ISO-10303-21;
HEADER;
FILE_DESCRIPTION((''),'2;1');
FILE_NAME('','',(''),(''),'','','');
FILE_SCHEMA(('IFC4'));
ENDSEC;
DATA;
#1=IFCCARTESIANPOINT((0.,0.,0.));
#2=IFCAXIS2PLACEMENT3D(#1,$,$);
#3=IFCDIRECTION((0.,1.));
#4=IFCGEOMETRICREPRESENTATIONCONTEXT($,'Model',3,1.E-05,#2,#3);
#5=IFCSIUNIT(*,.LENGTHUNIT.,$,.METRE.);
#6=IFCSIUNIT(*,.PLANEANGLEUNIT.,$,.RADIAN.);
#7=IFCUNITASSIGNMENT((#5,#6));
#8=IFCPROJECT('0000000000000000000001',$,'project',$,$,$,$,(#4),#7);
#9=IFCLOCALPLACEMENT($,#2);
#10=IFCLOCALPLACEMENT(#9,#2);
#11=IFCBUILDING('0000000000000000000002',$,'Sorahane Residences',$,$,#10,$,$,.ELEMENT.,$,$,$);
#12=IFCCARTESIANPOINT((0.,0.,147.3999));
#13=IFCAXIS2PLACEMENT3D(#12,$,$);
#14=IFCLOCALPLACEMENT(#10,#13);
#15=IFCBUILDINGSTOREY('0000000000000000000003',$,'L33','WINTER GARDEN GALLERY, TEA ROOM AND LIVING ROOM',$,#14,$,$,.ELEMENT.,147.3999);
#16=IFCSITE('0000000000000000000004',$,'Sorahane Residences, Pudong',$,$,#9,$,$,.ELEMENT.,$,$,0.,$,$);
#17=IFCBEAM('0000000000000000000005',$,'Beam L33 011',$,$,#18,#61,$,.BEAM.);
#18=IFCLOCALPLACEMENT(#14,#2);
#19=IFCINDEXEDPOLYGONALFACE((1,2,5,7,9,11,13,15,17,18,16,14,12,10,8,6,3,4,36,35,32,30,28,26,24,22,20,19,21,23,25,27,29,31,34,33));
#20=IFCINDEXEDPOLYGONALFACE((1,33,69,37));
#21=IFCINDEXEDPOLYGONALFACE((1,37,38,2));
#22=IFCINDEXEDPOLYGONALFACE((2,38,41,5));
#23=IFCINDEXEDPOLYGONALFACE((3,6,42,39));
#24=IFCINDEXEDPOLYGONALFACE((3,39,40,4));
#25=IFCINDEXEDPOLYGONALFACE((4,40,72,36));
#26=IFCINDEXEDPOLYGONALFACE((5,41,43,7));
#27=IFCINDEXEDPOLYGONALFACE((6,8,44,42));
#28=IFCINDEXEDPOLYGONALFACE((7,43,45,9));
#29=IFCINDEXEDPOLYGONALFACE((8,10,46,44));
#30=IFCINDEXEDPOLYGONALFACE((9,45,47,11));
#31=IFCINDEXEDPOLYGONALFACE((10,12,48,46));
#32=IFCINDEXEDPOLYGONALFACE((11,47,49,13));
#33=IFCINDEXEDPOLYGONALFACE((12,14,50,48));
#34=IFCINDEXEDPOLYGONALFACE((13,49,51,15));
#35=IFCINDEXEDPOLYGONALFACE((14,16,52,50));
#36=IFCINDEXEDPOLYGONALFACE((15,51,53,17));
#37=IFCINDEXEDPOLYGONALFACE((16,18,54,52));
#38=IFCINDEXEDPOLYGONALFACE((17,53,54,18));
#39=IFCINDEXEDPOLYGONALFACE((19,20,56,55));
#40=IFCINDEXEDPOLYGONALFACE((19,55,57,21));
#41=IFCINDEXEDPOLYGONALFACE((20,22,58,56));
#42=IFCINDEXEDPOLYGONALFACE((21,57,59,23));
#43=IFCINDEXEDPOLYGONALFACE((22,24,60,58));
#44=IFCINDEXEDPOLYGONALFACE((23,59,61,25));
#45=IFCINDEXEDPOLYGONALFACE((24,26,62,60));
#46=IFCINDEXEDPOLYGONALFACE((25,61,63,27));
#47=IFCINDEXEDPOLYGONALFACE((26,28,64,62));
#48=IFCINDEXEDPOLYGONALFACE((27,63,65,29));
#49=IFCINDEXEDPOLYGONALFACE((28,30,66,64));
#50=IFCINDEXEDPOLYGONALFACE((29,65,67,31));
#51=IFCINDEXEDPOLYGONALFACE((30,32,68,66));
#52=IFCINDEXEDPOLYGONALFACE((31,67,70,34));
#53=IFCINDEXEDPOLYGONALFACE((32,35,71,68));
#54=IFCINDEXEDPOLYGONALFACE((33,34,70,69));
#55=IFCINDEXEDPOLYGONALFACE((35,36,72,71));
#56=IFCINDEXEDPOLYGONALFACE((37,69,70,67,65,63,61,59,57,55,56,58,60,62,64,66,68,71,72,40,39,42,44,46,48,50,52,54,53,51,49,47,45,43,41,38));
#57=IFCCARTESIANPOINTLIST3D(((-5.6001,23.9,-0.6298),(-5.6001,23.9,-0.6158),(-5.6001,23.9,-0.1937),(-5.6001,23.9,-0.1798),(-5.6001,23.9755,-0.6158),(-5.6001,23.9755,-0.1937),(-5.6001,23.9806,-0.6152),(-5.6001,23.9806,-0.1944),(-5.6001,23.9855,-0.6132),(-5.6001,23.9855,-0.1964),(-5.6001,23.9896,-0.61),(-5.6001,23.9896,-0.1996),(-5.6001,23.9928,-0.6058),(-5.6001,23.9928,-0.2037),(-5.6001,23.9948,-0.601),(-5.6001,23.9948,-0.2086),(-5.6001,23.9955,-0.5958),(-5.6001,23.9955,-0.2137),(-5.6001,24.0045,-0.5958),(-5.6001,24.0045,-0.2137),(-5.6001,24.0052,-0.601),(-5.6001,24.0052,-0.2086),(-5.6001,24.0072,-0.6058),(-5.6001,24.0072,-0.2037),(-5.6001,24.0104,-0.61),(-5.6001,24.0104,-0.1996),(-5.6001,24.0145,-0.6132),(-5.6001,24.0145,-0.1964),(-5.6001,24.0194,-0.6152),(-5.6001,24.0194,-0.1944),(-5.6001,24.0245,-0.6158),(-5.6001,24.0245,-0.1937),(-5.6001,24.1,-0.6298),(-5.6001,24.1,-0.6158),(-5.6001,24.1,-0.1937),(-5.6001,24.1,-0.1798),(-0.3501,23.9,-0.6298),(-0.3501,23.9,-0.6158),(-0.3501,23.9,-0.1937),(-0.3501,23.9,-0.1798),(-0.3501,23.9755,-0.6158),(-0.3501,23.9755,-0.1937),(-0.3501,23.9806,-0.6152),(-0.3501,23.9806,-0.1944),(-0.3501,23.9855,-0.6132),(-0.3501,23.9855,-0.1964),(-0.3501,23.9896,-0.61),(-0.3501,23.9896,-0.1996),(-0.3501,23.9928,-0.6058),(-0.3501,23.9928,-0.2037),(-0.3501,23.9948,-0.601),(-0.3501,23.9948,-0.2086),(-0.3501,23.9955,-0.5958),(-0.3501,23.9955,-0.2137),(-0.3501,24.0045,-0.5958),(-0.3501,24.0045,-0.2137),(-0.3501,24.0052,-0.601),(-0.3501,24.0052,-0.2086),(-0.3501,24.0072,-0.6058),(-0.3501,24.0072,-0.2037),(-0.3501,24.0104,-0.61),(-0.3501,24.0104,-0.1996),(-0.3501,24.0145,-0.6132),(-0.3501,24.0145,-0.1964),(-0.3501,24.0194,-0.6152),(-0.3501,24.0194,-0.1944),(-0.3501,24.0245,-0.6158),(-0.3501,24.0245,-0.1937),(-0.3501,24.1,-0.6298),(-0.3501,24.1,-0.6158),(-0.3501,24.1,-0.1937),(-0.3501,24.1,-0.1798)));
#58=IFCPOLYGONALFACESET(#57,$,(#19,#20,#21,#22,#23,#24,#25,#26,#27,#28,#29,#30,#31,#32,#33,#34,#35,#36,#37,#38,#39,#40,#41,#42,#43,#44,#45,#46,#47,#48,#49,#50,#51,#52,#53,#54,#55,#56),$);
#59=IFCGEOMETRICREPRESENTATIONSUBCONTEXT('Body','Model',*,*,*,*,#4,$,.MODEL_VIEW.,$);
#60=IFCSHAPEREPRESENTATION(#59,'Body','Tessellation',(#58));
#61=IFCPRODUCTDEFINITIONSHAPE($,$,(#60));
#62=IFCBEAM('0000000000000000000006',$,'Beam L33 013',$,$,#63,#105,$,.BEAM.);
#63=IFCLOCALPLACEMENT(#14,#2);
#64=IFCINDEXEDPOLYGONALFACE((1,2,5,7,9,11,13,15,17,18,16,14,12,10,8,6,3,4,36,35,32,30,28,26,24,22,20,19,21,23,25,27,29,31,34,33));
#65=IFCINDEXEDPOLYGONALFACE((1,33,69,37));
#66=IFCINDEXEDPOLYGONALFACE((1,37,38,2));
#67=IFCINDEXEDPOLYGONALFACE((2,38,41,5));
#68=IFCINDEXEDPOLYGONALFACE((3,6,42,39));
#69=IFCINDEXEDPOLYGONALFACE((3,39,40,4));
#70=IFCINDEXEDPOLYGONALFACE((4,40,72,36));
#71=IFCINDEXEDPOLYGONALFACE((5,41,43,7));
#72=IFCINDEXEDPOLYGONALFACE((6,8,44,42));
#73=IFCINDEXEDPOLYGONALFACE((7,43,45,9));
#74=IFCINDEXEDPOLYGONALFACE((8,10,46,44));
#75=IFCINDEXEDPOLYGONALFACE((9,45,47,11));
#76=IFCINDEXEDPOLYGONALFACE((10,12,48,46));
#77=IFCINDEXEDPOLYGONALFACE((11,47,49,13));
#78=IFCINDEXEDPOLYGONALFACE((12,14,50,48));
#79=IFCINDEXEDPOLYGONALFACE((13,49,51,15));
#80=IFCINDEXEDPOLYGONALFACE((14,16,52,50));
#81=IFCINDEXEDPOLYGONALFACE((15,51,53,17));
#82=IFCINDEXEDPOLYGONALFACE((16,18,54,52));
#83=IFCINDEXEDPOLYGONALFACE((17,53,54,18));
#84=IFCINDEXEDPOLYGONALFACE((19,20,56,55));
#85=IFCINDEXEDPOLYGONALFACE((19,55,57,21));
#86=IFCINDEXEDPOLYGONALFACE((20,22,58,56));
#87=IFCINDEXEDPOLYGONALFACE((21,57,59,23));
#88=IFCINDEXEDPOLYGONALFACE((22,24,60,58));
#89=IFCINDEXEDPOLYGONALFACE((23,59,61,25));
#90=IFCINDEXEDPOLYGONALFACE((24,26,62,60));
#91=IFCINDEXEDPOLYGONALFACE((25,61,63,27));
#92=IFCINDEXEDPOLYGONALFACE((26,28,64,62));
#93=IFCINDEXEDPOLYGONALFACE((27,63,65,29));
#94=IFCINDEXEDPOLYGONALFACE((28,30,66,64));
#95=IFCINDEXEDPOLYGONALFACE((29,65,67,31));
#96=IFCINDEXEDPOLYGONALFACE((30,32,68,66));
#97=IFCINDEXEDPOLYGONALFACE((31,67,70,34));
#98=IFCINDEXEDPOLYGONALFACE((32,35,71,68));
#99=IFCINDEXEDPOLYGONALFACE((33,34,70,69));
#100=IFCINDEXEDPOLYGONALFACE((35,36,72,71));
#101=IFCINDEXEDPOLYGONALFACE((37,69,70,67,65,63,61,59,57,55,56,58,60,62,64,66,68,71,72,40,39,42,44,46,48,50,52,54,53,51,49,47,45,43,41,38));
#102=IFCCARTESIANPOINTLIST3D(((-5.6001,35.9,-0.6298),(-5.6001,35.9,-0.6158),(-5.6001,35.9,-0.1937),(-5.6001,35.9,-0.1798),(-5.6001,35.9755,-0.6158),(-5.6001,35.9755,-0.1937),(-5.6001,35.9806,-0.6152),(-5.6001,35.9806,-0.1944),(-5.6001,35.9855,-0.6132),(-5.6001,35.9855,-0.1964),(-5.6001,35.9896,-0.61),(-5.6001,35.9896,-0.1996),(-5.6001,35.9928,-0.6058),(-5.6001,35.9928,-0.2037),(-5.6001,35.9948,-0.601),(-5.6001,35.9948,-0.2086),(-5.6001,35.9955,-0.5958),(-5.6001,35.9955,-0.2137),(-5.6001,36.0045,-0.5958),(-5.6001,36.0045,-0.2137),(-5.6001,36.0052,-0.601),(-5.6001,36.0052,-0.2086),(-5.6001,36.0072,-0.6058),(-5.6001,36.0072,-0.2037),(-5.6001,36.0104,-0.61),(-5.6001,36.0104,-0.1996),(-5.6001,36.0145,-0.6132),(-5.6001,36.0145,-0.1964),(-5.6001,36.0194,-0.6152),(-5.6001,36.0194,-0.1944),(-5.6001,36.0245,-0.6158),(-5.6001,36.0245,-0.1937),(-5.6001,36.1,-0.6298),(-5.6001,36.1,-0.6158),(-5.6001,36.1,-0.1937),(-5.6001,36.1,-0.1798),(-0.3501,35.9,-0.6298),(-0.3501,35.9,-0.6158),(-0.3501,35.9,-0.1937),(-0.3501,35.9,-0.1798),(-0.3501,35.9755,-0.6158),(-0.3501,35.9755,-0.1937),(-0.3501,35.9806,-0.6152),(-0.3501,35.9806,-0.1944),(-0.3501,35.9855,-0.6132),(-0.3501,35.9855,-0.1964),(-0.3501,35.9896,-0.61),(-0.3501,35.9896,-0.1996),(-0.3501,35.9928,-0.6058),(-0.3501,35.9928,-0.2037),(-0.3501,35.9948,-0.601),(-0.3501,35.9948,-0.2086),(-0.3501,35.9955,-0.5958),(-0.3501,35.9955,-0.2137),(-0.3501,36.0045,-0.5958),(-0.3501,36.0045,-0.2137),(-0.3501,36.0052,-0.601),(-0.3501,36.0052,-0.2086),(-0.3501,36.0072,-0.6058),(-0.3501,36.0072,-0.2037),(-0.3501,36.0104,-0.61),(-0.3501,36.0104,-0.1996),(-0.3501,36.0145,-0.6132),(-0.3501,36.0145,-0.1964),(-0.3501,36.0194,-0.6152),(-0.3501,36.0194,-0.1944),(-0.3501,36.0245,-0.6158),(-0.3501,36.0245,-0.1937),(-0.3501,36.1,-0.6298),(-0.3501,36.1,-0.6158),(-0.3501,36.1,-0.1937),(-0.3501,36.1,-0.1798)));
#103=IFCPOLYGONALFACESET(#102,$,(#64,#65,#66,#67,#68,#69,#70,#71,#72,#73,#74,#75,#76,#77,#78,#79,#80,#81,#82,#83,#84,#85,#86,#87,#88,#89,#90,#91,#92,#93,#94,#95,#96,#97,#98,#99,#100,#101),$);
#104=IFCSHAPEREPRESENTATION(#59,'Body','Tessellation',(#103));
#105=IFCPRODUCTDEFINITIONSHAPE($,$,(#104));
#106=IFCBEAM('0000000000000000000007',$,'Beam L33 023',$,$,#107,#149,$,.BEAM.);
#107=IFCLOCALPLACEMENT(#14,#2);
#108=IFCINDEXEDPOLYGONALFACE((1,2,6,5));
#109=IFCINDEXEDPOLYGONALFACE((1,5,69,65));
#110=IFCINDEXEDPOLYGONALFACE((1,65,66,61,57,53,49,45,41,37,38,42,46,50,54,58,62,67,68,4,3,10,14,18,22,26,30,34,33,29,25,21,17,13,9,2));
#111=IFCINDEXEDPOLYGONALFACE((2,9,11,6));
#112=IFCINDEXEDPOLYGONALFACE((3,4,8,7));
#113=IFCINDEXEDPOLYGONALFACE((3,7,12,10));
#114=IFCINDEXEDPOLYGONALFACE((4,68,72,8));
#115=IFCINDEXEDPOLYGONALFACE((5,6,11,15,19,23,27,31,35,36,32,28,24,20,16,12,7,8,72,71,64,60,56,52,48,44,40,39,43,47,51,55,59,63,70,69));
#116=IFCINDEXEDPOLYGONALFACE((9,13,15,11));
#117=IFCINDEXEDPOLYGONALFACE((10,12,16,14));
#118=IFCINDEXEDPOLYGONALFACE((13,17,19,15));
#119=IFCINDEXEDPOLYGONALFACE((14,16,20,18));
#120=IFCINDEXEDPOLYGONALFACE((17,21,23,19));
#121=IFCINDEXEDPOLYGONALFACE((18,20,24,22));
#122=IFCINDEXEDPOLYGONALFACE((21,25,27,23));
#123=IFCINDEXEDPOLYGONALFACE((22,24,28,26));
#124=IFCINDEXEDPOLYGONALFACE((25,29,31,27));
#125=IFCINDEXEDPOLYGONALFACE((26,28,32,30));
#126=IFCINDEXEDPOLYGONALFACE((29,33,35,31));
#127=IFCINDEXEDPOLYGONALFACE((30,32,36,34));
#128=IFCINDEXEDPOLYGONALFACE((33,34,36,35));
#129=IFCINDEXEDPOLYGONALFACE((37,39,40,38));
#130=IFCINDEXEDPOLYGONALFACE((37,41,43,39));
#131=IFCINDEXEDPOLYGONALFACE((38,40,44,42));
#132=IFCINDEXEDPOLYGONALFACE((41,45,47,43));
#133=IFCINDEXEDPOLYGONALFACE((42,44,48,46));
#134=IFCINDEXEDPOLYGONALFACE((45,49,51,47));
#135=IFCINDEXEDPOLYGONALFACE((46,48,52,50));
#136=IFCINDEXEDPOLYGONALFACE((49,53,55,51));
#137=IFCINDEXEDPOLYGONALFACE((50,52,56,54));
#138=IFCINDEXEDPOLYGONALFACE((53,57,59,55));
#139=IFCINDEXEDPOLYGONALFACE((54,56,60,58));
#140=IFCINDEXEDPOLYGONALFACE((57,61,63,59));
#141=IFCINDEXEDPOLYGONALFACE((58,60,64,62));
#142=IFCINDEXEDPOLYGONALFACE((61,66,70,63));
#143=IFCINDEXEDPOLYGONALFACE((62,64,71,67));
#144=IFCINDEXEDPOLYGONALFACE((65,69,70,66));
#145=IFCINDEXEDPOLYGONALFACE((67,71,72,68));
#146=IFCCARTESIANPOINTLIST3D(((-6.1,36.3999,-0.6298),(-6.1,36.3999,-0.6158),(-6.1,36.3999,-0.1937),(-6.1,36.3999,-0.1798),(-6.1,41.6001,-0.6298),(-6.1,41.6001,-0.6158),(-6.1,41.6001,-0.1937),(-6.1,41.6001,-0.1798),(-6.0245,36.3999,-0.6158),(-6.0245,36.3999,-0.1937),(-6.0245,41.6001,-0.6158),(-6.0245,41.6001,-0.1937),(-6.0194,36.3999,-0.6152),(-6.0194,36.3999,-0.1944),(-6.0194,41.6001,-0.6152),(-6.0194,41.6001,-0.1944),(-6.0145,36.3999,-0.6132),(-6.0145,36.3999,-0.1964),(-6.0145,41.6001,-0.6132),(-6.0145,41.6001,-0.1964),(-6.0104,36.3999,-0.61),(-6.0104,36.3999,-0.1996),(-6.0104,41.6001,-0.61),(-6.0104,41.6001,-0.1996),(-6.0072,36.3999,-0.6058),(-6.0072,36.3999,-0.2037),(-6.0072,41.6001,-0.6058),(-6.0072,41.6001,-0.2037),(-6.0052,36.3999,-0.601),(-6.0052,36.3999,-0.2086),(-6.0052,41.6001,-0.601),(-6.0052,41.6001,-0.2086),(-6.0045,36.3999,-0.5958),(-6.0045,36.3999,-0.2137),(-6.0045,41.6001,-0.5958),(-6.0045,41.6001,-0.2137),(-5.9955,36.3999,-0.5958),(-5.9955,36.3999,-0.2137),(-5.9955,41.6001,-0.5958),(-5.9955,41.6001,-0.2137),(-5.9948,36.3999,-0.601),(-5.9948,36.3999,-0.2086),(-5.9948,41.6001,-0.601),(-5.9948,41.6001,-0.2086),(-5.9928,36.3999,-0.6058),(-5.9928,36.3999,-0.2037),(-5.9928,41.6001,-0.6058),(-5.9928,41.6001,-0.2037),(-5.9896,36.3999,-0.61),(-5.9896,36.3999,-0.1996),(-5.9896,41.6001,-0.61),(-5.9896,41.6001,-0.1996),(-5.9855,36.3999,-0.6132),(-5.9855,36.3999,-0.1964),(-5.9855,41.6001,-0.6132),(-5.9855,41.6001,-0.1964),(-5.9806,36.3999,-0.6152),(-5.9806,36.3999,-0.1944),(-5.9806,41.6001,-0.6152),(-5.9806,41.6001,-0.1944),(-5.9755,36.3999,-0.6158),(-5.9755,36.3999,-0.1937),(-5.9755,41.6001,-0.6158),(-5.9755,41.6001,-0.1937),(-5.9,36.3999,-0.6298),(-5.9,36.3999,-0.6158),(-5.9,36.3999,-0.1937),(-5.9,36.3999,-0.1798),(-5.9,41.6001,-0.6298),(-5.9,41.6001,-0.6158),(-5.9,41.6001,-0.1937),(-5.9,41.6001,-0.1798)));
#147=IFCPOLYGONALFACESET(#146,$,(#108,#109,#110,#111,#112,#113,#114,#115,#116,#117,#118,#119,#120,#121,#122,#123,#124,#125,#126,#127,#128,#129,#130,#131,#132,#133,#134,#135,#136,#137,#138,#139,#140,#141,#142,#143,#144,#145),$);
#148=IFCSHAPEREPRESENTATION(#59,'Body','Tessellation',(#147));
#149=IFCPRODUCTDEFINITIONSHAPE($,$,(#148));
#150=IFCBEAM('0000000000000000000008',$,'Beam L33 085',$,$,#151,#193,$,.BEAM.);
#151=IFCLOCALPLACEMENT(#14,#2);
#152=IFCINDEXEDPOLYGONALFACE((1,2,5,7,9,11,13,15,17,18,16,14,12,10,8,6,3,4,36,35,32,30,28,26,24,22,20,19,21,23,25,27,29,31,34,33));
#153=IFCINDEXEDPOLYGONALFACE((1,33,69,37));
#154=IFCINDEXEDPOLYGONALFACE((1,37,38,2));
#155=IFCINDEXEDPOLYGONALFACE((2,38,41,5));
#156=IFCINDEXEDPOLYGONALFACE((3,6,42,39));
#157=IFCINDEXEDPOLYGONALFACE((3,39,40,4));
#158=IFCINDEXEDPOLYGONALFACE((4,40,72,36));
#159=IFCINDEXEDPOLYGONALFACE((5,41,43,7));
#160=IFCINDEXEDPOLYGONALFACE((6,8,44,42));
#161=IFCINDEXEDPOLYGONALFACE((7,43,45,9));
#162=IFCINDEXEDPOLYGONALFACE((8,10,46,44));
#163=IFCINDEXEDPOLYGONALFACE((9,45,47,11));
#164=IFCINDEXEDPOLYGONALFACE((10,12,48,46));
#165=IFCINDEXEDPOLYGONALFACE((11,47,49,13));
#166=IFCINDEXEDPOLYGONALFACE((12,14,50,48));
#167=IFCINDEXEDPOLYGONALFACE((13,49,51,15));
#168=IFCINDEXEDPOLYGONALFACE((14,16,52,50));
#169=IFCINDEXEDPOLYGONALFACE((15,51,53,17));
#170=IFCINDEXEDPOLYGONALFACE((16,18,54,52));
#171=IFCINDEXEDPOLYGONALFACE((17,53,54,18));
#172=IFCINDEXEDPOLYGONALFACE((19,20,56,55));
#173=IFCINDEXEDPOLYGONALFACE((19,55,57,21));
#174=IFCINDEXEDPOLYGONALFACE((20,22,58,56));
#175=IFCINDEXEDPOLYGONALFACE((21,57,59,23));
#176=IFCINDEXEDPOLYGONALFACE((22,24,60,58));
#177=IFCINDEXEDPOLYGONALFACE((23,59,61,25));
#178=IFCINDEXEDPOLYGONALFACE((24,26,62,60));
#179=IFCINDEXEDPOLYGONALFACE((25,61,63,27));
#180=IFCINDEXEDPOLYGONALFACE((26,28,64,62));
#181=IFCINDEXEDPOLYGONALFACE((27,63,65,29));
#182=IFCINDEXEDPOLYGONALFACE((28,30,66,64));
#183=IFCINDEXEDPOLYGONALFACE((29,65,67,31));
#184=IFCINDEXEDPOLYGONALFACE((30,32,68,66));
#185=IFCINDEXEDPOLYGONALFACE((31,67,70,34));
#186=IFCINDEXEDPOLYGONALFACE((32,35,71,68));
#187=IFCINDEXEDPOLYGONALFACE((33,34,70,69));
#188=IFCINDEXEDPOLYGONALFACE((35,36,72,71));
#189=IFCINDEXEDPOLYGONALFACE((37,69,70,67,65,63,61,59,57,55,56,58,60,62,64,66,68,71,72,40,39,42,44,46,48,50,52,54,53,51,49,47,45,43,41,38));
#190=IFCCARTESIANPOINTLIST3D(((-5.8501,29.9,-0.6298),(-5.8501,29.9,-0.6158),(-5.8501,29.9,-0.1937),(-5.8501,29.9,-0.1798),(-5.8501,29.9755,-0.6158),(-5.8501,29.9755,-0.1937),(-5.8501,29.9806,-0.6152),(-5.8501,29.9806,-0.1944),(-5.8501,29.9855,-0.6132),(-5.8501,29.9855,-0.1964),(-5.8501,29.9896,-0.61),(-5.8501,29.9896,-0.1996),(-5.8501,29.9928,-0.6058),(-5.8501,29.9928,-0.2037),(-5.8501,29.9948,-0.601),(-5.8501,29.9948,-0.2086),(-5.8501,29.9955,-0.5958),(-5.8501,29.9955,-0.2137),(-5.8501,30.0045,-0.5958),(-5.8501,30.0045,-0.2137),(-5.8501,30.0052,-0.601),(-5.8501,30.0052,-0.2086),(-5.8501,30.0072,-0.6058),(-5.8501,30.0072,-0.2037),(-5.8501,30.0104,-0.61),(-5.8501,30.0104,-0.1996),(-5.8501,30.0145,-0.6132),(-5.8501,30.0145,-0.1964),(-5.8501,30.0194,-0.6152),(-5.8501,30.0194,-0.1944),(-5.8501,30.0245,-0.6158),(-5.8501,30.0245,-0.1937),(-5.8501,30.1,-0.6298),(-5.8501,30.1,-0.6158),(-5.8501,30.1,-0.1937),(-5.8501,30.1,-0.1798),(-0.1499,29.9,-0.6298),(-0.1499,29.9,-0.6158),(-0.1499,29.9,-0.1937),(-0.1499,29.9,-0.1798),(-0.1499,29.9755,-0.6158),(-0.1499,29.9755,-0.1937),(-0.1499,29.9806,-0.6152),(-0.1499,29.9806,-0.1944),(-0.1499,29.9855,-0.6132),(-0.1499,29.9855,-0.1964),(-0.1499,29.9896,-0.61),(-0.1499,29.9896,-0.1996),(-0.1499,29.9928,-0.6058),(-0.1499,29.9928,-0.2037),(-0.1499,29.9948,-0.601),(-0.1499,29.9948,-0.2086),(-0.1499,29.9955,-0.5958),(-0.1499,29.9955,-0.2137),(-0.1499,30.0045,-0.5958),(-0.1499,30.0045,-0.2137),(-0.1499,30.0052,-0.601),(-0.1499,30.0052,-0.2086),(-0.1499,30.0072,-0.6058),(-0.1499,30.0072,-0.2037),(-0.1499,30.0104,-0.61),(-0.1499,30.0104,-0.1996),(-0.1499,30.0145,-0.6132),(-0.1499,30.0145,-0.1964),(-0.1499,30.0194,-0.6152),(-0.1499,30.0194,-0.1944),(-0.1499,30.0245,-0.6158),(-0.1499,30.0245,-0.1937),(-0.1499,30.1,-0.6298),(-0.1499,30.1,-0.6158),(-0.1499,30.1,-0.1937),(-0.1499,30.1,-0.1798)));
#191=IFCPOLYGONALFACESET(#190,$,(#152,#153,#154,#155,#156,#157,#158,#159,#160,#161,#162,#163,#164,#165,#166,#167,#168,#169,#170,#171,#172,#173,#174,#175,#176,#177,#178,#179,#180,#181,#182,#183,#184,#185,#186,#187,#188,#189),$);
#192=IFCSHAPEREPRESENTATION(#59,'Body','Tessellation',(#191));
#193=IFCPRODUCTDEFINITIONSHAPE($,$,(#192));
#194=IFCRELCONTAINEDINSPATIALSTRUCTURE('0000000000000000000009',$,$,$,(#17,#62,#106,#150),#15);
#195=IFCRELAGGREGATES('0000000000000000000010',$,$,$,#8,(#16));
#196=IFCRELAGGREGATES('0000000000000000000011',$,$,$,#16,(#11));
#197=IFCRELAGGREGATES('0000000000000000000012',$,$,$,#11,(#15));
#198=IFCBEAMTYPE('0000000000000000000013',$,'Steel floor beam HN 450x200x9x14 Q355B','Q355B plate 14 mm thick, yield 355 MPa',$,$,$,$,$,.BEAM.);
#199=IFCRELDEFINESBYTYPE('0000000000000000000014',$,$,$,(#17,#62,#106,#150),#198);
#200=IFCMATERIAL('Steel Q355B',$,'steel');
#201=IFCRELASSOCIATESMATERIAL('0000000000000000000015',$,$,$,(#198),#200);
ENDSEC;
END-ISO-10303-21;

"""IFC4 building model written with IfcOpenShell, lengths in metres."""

from ifc_helpers import new_model, si_unit, direction, frame, origin, origin_2d, place, context, subcontext, project, spatial, i_section, extrude, material, material_profile, profile_set, type_object, element, save


model = new_model("IFC4")

# Units and contexts
model_context = context("Model", 3, precision=1e-05, world=origin(), true_north=direction((0.0, 1.0)))
body_context = subcontext(model_context, "Body", "Model", "MODEL_VIEW")
ifc_project = project(units=[si_unit("LENGTHUNIT", "METRE"), si_unit("PLANEANGLEUNIT", "RADIAN")], contexts=[model_context])

# Site, building, storey
site_placement = place(None, origin())
site = spatial("IfcSite", under=ifc_project, at=site_placement, Name="Sorahane Residences, Pudong", CompositionType="ELEMENT", RefElevation=0.0)
building_placement = place(site_placement, origin())
building = spatial("IfcBuilding", under=site, at=building_placement, Name="Sorahane Residences", CompositionType="ELEMENT")
storey_placement = place(building_placement, frame((0.0, 0.0, 147.3999)))
storey = spatial("IfcBuildingStorey", under=building, at=storey_placement, Name="L33", Description="WINTER GARDEN GALLERY, TEA ROOM AND LIVING ROOM", CompositionType="ELEMENT", Elevation=147.3999)

# Beams
ifc_material_1 = material(Name="Steel Q355B", Category="steel")
ifc_material_profile_1 = material_profile(ifc_material_1, i_section(OverallWidth=0.2, OverallDepth=0.45, WebThickness=0.009, FlangeThickness=0.0139, FilletRadius=0.02, at=origin_2d()), Name="HN 450x200x9x14")
ifc_profile_set_1 = profile_set([ifc_material_profile_1], Name="Steel Q355B")
beam_type_1 = type_object("IfcBeamType", Name="Steel floor beam HN 450x200x9x14 Q355B", Description="Q355B plate 14 mm thick, yield 355 MPa", PredefinedType="BEAM", material=ifc_profile_set_1)
for number, where, z_axis, x_axis, name in (
    (1, (-5.6001, 24.0, -0.4048), (1.0, 0.0, 0.0), (0.0, 1.0, 0.0), "Beam L33 011"),
    (2, (-5.6001, 36.0, -0.4048), (1.0, 0.0, 0.0), (0.0, 1.0, 0.0), "Beam L33 013"),
):
    element("IfcBeam", number, at=place(storey_placement, frame(where, z_axis=z_axis, x_axis=x_axis)), inside=storey, type_object=beam_type_1, Name=name, PredefinedType="BEAM", context=body_context, shape_type="SweptSolid", body=[
        extrude(i_section(OverallWidth=0.2, OverallDepth=0.45, WebThickness=0.009, FlangeThickness=0.0139, FilletRadius=0.02, at=origin_2d()), origin(), (0.0, 0.0, 1.0), 5.25),
    ])
beam_1_placement = place(storey_placement, frame((-6.0, 36.3999, -0.4048), z_axis=(0.0, 1.0, 0.0), x_axis=(-1.0, 0.0, 0.0)))
element("IfcBeam", 3, at=beam_1_placement, inside=storey, type_object=beam_type_1, Name="Beam L33 023", PredefinedType="BEAM", context=body_context, shape_type="SweptSolid", body=[
    extrude(i_section(OverallWidth=0.2, OverallDepth=0.45, WebThickness=0.009, FlangeThickness=0.0139, FilletRadius=0.02, at=origin_2d()), origin(), (0.0, 0.0, 1.0), 5.2002),
])
beam_2_placement = place(storey_placement, frame((-5.8501, 30.0, -0.4048), z_axis=(1.0, 0.0, 0.0), x_axis=(0.0, 1.0, 0.0)))
element("IfcBeam", 4, at=beam_2_placement, inside=storey, type_object=beam_type_1, Name="Beam L33 085", PredefinedType="BEAM", context=body_context, shape_type="SweptSolid", body=[
    extrude(i_section(OverallWidth=0.2, OverallDepth=0.45, WebThickness=0.009, FlangeThickness=0.0139, FilletRadius=0.02, at=origin_2d()), origin(), (0.0, 0.0, 1.0), 5.7002),
])

save(model, "model.ifc")
